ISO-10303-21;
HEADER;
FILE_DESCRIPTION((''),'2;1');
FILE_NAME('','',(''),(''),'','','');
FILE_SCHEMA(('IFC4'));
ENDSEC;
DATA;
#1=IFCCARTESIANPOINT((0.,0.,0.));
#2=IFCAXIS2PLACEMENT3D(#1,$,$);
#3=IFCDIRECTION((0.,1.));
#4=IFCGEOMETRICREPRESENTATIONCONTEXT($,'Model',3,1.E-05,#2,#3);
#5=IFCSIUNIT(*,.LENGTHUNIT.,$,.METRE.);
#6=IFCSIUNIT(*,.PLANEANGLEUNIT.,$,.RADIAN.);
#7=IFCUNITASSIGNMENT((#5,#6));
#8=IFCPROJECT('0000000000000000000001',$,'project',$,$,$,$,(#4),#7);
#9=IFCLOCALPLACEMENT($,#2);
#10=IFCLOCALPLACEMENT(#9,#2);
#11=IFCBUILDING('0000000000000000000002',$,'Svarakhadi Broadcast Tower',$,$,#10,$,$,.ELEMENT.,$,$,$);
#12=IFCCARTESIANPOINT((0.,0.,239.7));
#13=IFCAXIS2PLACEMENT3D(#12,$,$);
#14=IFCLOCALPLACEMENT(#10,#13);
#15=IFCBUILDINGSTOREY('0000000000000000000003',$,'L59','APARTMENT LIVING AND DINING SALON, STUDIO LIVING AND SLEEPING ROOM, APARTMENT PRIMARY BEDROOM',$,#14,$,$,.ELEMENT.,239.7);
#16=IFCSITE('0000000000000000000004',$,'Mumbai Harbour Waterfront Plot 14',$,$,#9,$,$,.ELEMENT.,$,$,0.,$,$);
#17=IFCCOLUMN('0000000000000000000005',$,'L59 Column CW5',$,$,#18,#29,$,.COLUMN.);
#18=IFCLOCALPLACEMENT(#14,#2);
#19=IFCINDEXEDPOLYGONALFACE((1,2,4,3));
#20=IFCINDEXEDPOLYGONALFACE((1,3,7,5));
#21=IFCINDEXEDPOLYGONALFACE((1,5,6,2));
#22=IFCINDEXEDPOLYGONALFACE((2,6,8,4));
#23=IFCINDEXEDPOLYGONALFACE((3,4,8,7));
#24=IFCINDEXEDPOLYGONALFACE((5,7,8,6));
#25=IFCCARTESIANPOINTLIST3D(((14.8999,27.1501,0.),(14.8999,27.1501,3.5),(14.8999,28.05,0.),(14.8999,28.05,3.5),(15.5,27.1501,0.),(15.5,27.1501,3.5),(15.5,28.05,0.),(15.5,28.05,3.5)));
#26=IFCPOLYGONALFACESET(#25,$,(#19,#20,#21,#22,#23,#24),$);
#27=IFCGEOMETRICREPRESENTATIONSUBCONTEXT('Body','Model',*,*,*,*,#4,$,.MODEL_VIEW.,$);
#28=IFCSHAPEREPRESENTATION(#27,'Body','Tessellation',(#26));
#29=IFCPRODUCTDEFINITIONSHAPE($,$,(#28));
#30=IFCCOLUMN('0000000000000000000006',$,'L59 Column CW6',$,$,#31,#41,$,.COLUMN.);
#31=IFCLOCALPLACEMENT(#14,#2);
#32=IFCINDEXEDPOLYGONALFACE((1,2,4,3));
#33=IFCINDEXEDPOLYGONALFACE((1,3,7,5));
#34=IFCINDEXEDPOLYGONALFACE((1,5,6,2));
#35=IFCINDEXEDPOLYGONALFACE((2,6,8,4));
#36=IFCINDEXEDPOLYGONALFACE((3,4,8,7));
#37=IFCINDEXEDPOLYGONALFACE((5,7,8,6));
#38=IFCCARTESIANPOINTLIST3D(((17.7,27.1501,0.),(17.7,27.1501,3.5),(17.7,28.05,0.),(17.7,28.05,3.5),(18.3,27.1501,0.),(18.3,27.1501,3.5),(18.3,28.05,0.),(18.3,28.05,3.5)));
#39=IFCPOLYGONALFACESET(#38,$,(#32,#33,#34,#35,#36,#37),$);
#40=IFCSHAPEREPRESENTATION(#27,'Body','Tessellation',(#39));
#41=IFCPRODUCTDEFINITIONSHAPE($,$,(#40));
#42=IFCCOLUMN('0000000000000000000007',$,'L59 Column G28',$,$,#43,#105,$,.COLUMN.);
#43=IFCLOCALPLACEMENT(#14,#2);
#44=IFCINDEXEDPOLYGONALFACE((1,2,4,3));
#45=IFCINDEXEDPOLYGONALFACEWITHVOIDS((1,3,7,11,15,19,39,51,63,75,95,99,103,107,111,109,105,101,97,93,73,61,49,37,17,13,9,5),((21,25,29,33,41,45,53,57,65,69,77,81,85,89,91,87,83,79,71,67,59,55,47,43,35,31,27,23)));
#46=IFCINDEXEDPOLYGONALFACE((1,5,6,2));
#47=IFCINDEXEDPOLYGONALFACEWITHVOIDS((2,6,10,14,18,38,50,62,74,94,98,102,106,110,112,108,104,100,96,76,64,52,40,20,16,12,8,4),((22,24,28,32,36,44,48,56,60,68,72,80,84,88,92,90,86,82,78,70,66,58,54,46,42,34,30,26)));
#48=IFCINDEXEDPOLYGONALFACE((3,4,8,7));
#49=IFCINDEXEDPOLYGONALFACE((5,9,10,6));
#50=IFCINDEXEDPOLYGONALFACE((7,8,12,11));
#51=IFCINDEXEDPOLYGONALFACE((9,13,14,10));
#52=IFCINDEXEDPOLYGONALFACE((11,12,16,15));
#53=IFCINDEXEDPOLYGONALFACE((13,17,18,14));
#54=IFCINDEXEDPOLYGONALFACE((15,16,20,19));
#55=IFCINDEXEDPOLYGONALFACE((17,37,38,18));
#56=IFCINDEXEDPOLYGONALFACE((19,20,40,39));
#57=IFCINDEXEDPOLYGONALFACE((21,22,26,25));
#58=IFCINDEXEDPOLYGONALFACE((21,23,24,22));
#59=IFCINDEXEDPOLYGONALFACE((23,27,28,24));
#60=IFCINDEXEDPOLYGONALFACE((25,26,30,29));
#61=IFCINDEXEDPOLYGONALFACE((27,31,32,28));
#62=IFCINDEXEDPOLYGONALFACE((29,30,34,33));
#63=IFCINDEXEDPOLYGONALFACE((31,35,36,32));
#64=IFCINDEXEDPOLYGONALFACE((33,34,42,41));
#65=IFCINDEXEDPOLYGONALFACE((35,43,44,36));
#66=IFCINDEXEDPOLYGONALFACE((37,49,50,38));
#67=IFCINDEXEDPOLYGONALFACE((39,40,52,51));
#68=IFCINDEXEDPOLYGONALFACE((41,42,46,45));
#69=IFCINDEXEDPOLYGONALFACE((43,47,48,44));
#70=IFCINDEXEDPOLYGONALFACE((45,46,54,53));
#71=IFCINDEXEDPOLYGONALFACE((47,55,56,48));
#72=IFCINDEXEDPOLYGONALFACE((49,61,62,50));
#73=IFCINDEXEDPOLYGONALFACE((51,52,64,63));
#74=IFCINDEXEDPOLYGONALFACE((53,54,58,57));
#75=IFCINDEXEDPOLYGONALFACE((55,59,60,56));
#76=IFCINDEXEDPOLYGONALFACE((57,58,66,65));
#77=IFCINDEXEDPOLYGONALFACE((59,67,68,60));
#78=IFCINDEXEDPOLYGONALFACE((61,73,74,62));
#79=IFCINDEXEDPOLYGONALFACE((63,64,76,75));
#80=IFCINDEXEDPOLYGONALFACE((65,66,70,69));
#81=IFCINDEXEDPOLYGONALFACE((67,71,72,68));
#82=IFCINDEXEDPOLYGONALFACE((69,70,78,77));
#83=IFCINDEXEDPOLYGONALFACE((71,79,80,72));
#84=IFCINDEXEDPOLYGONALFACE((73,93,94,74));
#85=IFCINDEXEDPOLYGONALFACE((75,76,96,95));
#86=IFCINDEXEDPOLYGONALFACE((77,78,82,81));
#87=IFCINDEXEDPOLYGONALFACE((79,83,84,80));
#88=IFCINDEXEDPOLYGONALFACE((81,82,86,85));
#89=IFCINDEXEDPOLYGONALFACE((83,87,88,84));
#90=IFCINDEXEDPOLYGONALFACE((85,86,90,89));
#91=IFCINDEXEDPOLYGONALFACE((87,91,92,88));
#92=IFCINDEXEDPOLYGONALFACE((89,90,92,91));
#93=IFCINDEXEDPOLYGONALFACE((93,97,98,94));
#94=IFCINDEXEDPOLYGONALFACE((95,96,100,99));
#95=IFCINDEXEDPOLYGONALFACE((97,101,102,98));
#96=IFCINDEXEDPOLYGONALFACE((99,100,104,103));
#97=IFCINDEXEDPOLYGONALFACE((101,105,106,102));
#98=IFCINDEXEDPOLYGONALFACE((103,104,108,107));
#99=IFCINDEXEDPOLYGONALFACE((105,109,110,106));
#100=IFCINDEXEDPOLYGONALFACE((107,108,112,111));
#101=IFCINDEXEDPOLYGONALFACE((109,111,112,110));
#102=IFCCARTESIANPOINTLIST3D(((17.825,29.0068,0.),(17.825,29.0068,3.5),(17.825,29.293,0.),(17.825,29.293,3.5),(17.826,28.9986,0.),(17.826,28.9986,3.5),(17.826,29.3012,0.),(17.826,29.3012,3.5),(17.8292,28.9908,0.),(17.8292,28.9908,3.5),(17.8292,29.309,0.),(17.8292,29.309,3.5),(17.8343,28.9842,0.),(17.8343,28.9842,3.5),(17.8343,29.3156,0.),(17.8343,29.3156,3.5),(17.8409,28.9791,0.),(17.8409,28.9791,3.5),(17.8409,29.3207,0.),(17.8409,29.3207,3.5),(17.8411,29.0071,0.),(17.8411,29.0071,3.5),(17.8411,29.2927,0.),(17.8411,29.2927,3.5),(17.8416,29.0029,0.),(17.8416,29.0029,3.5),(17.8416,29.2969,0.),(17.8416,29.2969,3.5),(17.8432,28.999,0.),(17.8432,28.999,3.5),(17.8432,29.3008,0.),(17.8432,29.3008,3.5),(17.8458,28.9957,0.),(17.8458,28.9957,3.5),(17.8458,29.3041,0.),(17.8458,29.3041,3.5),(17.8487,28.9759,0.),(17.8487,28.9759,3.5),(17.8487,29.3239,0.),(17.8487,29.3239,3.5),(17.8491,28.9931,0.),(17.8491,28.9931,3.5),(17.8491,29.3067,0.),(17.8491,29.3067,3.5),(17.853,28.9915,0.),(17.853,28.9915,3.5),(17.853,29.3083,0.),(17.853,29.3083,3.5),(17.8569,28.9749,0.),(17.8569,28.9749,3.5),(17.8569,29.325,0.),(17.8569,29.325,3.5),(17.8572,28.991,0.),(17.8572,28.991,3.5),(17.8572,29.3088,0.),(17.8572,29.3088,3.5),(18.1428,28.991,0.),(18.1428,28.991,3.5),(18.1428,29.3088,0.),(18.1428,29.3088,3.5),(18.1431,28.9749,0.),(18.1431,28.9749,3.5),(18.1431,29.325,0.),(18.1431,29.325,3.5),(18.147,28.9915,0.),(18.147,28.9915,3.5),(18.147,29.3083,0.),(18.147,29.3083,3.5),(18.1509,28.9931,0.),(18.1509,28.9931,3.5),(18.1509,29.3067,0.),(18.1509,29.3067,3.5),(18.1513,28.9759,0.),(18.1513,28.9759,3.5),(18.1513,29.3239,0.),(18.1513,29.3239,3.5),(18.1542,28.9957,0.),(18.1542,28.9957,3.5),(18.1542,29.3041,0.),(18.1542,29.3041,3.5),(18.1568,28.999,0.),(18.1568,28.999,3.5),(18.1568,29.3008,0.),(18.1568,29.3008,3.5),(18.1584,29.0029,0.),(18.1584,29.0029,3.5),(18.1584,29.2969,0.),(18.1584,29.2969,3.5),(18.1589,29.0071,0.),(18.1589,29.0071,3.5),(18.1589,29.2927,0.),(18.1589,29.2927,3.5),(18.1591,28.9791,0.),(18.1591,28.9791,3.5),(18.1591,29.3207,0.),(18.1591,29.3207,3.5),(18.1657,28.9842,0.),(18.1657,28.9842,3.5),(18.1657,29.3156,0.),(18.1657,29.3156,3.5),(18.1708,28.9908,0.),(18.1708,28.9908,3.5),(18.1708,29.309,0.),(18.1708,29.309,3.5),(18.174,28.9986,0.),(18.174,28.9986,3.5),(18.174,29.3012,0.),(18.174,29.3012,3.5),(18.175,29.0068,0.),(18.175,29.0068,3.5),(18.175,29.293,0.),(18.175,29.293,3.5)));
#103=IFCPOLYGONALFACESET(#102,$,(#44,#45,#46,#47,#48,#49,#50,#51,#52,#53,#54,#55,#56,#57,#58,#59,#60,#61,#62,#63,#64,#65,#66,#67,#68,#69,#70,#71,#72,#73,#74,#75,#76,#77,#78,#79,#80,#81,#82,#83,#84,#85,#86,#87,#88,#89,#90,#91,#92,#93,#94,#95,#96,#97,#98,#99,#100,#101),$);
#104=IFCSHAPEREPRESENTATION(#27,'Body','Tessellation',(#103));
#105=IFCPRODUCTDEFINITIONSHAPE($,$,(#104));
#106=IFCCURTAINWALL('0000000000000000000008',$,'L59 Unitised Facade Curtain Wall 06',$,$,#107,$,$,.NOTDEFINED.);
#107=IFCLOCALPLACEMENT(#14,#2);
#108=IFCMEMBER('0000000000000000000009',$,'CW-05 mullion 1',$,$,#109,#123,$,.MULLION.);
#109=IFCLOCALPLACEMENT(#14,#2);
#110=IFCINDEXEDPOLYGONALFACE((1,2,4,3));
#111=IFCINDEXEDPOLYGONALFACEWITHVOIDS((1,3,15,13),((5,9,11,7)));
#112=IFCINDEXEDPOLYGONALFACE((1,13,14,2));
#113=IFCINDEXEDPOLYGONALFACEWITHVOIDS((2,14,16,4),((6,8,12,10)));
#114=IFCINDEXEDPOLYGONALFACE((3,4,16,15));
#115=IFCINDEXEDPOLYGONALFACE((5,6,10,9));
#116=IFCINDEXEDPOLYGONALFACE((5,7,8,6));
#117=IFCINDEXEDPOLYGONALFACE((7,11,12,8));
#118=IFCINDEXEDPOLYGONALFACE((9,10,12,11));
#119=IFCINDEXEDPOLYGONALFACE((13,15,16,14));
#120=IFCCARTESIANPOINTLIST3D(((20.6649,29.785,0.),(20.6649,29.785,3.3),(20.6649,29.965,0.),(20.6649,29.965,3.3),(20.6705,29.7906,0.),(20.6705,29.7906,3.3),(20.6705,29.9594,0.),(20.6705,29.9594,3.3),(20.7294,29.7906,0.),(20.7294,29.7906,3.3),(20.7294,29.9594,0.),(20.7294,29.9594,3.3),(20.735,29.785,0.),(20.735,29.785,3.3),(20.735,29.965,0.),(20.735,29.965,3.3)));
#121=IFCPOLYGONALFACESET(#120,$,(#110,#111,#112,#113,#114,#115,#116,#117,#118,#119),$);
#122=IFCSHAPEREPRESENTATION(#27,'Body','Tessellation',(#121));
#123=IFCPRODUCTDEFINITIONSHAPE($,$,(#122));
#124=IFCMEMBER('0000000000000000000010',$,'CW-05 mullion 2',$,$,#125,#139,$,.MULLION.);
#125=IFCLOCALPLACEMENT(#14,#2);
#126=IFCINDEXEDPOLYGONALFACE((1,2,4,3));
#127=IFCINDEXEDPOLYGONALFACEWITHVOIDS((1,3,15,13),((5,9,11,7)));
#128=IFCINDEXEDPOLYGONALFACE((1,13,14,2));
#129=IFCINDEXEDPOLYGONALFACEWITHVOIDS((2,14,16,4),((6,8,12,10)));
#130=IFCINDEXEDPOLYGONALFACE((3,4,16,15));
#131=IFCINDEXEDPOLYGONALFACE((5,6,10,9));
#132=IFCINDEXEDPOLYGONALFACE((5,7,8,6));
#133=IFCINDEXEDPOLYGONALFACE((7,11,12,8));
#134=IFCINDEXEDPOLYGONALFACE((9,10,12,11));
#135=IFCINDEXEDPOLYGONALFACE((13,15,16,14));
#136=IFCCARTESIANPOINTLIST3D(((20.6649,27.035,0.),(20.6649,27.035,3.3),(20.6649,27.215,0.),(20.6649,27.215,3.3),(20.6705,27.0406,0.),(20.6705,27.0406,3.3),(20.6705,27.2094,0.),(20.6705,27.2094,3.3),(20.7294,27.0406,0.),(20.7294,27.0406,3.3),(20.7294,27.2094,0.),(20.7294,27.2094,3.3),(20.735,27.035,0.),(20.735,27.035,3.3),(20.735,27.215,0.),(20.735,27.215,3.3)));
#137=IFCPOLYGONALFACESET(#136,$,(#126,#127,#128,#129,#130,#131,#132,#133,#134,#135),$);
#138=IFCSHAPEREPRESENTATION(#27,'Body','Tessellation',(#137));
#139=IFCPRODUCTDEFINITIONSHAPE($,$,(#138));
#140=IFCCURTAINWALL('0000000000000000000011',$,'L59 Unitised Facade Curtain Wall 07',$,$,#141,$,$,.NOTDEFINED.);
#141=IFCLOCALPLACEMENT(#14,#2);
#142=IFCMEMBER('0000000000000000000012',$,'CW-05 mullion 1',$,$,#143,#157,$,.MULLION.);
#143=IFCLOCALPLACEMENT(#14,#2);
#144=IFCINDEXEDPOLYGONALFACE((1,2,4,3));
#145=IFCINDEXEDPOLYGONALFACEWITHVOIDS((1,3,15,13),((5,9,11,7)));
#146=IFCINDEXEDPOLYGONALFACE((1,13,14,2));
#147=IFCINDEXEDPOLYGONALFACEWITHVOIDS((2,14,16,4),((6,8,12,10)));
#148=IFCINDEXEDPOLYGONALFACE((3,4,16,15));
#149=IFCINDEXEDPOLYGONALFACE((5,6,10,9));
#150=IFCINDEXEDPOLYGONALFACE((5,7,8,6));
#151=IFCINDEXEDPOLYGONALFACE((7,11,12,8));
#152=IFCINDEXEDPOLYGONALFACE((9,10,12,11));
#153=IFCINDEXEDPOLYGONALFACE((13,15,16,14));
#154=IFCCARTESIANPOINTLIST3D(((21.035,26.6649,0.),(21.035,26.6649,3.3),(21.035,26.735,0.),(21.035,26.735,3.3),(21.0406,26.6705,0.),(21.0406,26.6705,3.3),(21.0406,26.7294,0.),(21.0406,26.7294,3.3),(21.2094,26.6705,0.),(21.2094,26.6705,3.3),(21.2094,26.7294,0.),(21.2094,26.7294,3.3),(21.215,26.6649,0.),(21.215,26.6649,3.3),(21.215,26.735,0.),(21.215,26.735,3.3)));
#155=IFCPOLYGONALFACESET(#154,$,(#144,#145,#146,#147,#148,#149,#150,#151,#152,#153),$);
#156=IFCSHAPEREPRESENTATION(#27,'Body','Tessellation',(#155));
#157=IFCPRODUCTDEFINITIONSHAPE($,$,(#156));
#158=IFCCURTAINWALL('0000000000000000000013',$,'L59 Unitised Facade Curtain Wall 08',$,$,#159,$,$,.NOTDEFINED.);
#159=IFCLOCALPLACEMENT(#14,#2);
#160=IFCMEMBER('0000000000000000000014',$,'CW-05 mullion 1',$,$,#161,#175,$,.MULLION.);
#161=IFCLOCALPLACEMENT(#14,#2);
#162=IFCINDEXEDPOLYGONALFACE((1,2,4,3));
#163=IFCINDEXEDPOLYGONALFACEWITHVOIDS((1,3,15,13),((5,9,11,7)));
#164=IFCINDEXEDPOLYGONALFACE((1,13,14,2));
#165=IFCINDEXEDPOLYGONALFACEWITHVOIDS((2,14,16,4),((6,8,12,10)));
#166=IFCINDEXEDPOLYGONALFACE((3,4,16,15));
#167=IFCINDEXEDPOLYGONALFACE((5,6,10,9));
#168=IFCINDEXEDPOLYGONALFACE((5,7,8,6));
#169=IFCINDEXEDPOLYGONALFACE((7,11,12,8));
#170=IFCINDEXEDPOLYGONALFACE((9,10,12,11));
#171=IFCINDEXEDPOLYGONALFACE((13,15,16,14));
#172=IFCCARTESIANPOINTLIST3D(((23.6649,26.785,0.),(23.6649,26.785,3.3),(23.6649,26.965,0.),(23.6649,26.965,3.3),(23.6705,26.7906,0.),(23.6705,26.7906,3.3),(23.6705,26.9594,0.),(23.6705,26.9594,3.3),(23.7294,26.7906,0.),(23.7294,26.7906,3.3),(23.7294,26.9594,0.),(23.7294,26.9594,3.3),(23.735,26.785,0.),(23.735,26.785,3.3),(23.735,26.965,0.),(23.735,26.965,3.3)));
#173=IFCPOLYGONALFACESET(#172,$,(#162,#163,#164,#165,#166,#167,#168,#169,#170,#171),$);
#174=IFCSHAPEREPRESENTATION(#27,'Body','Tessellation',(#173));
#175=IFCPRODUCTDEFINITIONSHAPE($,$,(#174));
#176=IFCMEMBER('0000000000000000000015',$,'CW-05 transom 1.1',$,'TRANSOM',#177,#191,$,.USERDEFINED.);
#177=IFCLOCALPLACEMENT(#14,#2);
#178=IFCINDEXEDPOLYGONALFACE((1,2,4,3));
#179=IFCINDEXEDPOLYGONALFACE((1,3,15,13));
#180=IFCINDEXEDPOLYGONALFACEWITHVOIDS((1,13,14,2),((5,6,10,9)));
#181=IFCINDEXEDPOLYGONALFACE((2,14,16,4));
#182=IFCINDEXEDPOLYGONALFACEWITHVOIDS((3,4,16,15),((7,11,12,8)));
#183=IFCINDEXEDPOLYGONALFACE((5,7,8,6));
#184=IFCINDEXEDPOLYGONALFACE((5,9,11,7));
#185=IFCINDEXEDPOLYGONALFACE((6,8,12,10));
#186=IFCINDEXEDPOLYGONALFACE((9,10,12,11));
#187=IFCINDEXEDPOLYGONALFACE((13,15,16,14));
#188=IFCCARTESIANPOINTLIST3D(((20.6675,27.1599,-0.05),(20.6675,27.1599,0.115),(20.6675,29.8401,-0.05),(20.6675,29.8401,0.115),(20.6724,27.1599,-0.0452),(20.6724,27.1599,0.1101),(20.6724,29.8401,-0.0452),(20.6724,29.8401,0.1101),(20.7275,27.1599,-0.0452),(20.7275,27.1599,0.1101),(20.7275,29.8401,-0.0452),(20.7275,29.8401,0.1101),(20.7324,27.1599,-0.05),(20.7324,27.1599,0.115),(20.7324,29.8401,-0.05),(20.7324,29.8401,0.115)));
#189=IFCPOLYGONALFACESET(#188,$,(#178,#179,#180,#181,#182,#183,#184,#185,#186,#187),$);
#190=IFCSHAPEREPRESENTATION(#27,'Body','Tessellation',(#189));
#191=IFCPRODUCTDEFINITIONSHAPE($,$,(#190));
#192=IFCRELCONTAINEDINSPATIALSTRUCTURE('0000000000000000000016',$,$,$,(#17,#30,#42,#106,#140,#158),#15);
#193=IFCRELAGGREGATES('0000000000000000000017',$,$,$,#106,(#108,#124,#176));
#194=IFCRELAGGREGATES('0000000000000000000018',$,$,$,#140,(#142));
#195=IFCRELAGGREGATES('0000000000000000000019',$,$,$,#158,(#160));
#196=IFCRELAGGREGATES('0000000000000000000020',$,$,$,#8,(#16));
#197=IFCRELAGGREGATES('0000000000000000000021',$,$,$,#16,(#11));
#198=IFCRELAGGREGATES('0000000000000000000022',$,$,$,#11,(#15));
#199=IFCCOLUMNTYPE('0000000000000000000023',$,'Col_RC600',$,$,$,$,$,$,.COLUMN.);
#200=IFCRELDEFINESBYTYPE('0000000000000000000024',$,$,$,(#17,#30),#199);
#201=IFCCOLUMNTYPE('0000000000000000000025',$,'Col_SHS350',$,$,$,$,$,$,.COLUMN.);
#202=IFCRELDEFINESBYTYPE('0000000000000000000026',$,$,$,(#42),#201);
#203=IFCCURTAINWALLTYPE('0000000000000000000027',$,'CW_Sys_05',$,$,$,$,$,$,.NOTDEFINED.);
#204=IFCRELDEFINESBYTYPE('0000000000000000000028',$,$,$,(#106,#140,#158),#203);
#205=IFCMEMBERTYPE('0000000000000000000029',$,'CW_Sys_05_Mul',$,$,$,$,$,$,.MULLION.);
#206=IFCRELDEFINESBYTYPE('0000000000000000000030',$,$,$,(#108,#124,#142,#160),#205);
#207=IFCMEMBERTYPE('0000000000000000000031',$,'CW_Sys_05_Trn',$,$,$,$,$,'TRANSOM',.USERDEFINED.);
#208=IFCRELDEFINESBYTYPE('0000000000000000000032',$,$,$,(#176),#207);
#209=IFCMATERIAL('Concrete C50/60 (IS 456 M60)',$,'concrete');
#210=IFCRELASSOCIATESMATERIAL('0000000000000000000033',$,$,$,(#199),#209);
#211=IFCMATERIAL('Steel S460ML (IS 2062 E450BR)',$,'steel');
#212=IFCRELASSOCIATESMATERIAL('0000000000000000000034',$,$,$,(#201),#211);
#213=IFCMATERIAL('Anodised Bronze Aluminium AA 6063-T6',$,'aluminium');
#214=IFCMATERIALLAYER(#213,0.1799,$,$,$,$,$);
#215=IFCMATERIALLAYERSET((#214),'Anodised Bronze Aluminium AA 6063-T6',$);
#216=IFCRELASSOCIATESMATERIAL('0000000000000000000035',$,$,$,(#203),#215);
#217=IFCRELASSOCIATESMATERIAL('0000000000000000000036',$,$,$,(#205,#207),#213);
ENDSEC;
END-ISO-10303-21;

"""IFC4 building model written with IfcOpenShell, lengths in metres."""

from ifc_helpers import new_model, si_unit, direction, frame, origin, origin_2d, place, context, subcontext, project, spatial, rectangle, hollow_rectangle, extrude, material, layer, layer_set, material_profile, profile_set, type_object, element, aggregate, save


model = new_model("IFC4")

# Units and contexts
model_context = context("Model", 3, precision=1e-05, world=origin(), true_north=direction((0.0, 1.0)))
body_context = subcontext(model_context, "Body", "Model", "MODEL_VIEW")
ifc_project = project(units=[si_unit("LENGTHUNIT", "METRE"), si_unit("PLANEANGLEUNIT", "RADIAN")], contexts=[model_context])

# Site, building, storey
site_placement = place(None, origin())
site = spatial("IfcSite", under=ifc_project, at=site_placement, Name="Mumbai Harbour Waterfront Plot 14", CompositionType="ELEMENT", RefElevation=0.0)
building_placement = place(site_placement, origin())
building = spatial("IfcBuilding", under=site, at=building_placement, Name="Svarakhadi Broadcast Tower", CompositionType="ELEMENT")
storey_placement = place(building_placement, frame((0.0, 0.0, 239.7)))
storey = spatial("IfcBuildingStorey", under=building, at=storey_placement, Name="L59", Description="APARTMENT LIVING AND DINING SALON, STUDIO LIVING AND SLEEPING ROOM, APARTMENT PRIMARY BEDROOM", CompositionType="ELEMENT", Elevation=239.7)

# Columns
ifc_material_1 = material(Name="Concrete C50/60 (IS 456 M60)", Category="concrete")
ifc_material_profile_1 = material_profile(ifc_material_1, rectangle(XDim=0.6001, YDim=0.8999, at=origin_2d()), Name="RC 600x900")
ifc_profile_set_1 = profile_set([ifc_material_profile_1], Name="Concrete C50/60 (IS 456 M60)")
column_type_1 = type_object("IfcColumnType", Name="Col_RC600", PredefinedType="COLUMN", material=ifc_profile_set_1)
for number, where, z_axis, x_axis, name in (
    (1, (15.2, 27.6001, 0.0), (0.0, 0.0, 1.0), (1.0, 0.0, 0.0), "L59 Column CW5"),
    (2, (18.0, 27.6001, 0.0), (0.0, 0.0, 1.0), (1.0, 0.0, 0.0), "L59 Column CW6"),
):
    element("IfcColumn", number, at=place(storey_placement, frame(where, z_axis=z_axis, x_axis=x_axis)), inside=storey, type_object=column_type_1, Name=name, PredefinedType="COLUMN", context=body_context, shape_type="SweptSolid", body=[
        extrude(rectangle(XDim=0.6001, YDim=0.8999, at=origin_2d()), origin(), (0.0, 0.0, 1.0), 3.5),
    ])
ifc_material_2 = material(Name="Steel S460ML (IS 2062 E450BR)", Category="steel")
ifc_material_profile_2 = material_profile(ifc_material_2, hollow_rectangle(XDim=0.3501, YDim=0.3501, WallThickness=0.0161, InnerFilletRadius=0.0161, OuterFilletRadius=0.032, at=origin_2d()), Name="SHS 350x350x16")
ifc_profile_set_2 = profile_set([ifc_material_profile_2], Name="Steel S460ML (IS 2062 E450BR)")
column_type_2 = type_object("IfcColumnType", Name="Col_SHS350", PredefinedType="COLUMN", material=ifc_profile_set_2)
column_placement = place(storey_placement, frame((18.0, 29.1499, 0.0), z_axis=(0.0, 0.0, 1.0), x_axis=(1.0, 0.0, 0.0)))
element("IfcColumn", 3, at=column_placement, inside=storey, type_object=column_type_2, Name="L59 Column G28", PredefinedType="COLUMN", context=body_context, shape_type="SweptSolid", body=[
    extrude(hollow_rectangle(XDim=0.3501, YDim=0.3501, WallThickness=0.0161, InnerFilletRadius=0.0161, OuterFilletRadius=0.032, at=origin_2d()), origin(), (0.0, 0.0, 1.0), 3.5),
])

# Curtain wall, members
ifc_material_3 = material(Name="Anodised Bronze Aluminium AA 6063-T6", Category="aluminium")
ifc_layer_1 = layer(ifc_material_3, 0.1799)
ifc_layer_set_1 = layer_set([ifc_layer_1], Name="Anodised Bronze Aluminium AA 6063-T6")
curtain_wall_type = type_object("IfcCurtainWallType", Name="CW_Sys_05", PredefinedType="NOTDEFINED", material=ifc_layer_set_1)
curtain_wall_1_placement = place(storey_placement, origin())
curtain_wall_1 = element("IfcCurtainWall", 4, at=curtain_wall_1_placement, inside=storey, type_object=curtain_wall_type, Name="L59 Unitised Facade Curtain Wall 06", PredefinedType="NOTDEFINED")
ifc_material_profile_3 = material_profile(ifc_material_3, hollow_rectangle(XDim=0.0701, YDim=0.1799, WallThickness=0.0056, at=origin_2d()), Name="ALU MULLION 180x70x6")
ifc_profile_set_3 = profile_set([ifc_material_profile_3], Name="Anodised Bronze Aluminium AA 6063-T6")
member_type_1 = type_object("IfcMemberType", Name="CW_Sys_05_Mul", PredefinedType="MULLION", material=ifc_profile_set_3)
member_1_placement = place(storey_placement, frame((20.7, 29.875, 0.0), z_axis=(0.0, 0.0, 1.0), x_axis=(1.0, 0.0, 0.0)))
member_1 = element("IfcMember", 5, at=member_1_placement, type_object=member_type_1, Name="CW-05 mullion 1", PredefinedType="MULLION", context=body_context, shape_type="SweptSolid", body=[
    extrude(hollow_rectangle(XDim=0.0701, YDim=0.1799, WallThickness=0.0056, at=origin_2d()), origin(), (0.0, 0.0, 1.0), 3.3),
])
member_2_placement = place(storey_placement, frame((20.7, 27.125, 0.0), z_axis=(0.0, 0.0, 1.0), x_axis=(1.0, 0.0, 0.0)))
member_2 = element("IfcMember", 6, at=member_2_placement, type_object=member_type_1, Name="CW-05 mullion 2", PredefinedType="MULLION", context=body_context, shape_type="SweptSolid", body=[
    extrude(hollow_rectangle(XDim=0.0701, YDim=0.1799, WallThickness=0.0056, at=origin_2d()), origin(), (0.0, 0.0, 1.0), 3.3),
])

# Curtain walls, members
curtain_wall_2_placement = place(storey_placement, origin())
curtain_wall_2 = element("IfcCurtainWall", 7, at=curtain_wall_2_placement, inside=storey, type_object=curtain_wall_type, Name="L59 Unitised Facade Curtain Wall 07", PredefinedType="NOTDEFINED")
member_3_placement = place(storey_placement, frame((21.125, 26.7, 0.0), z_axis=(0.0, 0.0, 1.0), x_axis=(0.0, 1.0, 0.0)))
member_3 = element("IfcMember", 8, at=member_3_placement, type_object=member_type_1, Name="CW-05 mullion 1", PredefinedType="MULLION", context=body_context, shape_type="SweptSolid", body=[
    extrude(hollow_rectangle(XDim=0.0701, YDim=0.1799, WallThickness=0.0056, at=origin_2d()), origin(), (0.0, 0.0, 1.0), 3.3),
])
curtain_wall_3_placement = place(storey_placement, origin())
curtain_wall_3 = element("IfcCurtainWall", 9, at=curtain_wall_3_placement, inside=storey, type_object=curtain_wall_type, Name="L59 Unitised Facade Curtain Wall 08", PredefinedType="NOTDEFINED")
member_4_placement = place(storey_placement, frame((23.7, 26.875, 0.0), z_axis=(0.0, 0.0, 1.0), x_axis=(1.0, 0.0, 0.0)))
member_4 = element("IfcMember", 10, at=member_4_placement, type_object=member_type_1, Name="CW-05 mullion 1", PredefinedType="MULLION", context=body_context, shape_type="SweptSolid", body=[
    extrude(hollow_rectangle(XDim=0.0701, YDim=0.1799, WallThickness=0.0056, at=origin_2d()), origin(), (0.0, 0.0, 1.0), 3.3),
])

# Member
ifc_material_profile_4 = material_profile(ifc_material_3, hollow_rectangle(XDim=0.0649, YDim=0.165, WallThickness=0.0049, at=origin_2d()), Name="ALU TRANSOM 165x65x5")
ifc_profile_set_4 = profile_set([ifc_material_profile_4], Name="Anodised Bronze Aluminium AA 6063-T6")
member_type_2 = type_object("IfcMemberType", Name="CW_Sys_05_Trn", ElementType="TRANSOM", PredefinedType="USERDEFINED", material=ifc_profile_set_4)
member_5_placement = place(storey_placement, frame((20.7, 29.8401, 0.0325), z_axis=(0.0, -1.0, 0.0), x_axis=(1.0, 0.0, 0.0)))
member_5 = element("IfcMember", 11, at=member_5_placement, type_object=member_type_2, Name="CW-05 transom 1.1", ObjectType="TRANSOM", PredefinedType="USERDEFINED", context=body_context, shape_type="SweptSolid", body=[
    extrude(hollow_rectangle(XDim=0.0649, YDim=0.165, WallThickness=0.0049, at=origin_2d()), origin(), (0.0, 0.0, 1.0), 2.6802),
])

aggregate(curtain_wall_1, [member_1, member_2, member_5])
aggregate(curtain_wall_2, [member_3])
aggregate(curtain_wall_3, [member_4])

save(model, "model.ifc")
